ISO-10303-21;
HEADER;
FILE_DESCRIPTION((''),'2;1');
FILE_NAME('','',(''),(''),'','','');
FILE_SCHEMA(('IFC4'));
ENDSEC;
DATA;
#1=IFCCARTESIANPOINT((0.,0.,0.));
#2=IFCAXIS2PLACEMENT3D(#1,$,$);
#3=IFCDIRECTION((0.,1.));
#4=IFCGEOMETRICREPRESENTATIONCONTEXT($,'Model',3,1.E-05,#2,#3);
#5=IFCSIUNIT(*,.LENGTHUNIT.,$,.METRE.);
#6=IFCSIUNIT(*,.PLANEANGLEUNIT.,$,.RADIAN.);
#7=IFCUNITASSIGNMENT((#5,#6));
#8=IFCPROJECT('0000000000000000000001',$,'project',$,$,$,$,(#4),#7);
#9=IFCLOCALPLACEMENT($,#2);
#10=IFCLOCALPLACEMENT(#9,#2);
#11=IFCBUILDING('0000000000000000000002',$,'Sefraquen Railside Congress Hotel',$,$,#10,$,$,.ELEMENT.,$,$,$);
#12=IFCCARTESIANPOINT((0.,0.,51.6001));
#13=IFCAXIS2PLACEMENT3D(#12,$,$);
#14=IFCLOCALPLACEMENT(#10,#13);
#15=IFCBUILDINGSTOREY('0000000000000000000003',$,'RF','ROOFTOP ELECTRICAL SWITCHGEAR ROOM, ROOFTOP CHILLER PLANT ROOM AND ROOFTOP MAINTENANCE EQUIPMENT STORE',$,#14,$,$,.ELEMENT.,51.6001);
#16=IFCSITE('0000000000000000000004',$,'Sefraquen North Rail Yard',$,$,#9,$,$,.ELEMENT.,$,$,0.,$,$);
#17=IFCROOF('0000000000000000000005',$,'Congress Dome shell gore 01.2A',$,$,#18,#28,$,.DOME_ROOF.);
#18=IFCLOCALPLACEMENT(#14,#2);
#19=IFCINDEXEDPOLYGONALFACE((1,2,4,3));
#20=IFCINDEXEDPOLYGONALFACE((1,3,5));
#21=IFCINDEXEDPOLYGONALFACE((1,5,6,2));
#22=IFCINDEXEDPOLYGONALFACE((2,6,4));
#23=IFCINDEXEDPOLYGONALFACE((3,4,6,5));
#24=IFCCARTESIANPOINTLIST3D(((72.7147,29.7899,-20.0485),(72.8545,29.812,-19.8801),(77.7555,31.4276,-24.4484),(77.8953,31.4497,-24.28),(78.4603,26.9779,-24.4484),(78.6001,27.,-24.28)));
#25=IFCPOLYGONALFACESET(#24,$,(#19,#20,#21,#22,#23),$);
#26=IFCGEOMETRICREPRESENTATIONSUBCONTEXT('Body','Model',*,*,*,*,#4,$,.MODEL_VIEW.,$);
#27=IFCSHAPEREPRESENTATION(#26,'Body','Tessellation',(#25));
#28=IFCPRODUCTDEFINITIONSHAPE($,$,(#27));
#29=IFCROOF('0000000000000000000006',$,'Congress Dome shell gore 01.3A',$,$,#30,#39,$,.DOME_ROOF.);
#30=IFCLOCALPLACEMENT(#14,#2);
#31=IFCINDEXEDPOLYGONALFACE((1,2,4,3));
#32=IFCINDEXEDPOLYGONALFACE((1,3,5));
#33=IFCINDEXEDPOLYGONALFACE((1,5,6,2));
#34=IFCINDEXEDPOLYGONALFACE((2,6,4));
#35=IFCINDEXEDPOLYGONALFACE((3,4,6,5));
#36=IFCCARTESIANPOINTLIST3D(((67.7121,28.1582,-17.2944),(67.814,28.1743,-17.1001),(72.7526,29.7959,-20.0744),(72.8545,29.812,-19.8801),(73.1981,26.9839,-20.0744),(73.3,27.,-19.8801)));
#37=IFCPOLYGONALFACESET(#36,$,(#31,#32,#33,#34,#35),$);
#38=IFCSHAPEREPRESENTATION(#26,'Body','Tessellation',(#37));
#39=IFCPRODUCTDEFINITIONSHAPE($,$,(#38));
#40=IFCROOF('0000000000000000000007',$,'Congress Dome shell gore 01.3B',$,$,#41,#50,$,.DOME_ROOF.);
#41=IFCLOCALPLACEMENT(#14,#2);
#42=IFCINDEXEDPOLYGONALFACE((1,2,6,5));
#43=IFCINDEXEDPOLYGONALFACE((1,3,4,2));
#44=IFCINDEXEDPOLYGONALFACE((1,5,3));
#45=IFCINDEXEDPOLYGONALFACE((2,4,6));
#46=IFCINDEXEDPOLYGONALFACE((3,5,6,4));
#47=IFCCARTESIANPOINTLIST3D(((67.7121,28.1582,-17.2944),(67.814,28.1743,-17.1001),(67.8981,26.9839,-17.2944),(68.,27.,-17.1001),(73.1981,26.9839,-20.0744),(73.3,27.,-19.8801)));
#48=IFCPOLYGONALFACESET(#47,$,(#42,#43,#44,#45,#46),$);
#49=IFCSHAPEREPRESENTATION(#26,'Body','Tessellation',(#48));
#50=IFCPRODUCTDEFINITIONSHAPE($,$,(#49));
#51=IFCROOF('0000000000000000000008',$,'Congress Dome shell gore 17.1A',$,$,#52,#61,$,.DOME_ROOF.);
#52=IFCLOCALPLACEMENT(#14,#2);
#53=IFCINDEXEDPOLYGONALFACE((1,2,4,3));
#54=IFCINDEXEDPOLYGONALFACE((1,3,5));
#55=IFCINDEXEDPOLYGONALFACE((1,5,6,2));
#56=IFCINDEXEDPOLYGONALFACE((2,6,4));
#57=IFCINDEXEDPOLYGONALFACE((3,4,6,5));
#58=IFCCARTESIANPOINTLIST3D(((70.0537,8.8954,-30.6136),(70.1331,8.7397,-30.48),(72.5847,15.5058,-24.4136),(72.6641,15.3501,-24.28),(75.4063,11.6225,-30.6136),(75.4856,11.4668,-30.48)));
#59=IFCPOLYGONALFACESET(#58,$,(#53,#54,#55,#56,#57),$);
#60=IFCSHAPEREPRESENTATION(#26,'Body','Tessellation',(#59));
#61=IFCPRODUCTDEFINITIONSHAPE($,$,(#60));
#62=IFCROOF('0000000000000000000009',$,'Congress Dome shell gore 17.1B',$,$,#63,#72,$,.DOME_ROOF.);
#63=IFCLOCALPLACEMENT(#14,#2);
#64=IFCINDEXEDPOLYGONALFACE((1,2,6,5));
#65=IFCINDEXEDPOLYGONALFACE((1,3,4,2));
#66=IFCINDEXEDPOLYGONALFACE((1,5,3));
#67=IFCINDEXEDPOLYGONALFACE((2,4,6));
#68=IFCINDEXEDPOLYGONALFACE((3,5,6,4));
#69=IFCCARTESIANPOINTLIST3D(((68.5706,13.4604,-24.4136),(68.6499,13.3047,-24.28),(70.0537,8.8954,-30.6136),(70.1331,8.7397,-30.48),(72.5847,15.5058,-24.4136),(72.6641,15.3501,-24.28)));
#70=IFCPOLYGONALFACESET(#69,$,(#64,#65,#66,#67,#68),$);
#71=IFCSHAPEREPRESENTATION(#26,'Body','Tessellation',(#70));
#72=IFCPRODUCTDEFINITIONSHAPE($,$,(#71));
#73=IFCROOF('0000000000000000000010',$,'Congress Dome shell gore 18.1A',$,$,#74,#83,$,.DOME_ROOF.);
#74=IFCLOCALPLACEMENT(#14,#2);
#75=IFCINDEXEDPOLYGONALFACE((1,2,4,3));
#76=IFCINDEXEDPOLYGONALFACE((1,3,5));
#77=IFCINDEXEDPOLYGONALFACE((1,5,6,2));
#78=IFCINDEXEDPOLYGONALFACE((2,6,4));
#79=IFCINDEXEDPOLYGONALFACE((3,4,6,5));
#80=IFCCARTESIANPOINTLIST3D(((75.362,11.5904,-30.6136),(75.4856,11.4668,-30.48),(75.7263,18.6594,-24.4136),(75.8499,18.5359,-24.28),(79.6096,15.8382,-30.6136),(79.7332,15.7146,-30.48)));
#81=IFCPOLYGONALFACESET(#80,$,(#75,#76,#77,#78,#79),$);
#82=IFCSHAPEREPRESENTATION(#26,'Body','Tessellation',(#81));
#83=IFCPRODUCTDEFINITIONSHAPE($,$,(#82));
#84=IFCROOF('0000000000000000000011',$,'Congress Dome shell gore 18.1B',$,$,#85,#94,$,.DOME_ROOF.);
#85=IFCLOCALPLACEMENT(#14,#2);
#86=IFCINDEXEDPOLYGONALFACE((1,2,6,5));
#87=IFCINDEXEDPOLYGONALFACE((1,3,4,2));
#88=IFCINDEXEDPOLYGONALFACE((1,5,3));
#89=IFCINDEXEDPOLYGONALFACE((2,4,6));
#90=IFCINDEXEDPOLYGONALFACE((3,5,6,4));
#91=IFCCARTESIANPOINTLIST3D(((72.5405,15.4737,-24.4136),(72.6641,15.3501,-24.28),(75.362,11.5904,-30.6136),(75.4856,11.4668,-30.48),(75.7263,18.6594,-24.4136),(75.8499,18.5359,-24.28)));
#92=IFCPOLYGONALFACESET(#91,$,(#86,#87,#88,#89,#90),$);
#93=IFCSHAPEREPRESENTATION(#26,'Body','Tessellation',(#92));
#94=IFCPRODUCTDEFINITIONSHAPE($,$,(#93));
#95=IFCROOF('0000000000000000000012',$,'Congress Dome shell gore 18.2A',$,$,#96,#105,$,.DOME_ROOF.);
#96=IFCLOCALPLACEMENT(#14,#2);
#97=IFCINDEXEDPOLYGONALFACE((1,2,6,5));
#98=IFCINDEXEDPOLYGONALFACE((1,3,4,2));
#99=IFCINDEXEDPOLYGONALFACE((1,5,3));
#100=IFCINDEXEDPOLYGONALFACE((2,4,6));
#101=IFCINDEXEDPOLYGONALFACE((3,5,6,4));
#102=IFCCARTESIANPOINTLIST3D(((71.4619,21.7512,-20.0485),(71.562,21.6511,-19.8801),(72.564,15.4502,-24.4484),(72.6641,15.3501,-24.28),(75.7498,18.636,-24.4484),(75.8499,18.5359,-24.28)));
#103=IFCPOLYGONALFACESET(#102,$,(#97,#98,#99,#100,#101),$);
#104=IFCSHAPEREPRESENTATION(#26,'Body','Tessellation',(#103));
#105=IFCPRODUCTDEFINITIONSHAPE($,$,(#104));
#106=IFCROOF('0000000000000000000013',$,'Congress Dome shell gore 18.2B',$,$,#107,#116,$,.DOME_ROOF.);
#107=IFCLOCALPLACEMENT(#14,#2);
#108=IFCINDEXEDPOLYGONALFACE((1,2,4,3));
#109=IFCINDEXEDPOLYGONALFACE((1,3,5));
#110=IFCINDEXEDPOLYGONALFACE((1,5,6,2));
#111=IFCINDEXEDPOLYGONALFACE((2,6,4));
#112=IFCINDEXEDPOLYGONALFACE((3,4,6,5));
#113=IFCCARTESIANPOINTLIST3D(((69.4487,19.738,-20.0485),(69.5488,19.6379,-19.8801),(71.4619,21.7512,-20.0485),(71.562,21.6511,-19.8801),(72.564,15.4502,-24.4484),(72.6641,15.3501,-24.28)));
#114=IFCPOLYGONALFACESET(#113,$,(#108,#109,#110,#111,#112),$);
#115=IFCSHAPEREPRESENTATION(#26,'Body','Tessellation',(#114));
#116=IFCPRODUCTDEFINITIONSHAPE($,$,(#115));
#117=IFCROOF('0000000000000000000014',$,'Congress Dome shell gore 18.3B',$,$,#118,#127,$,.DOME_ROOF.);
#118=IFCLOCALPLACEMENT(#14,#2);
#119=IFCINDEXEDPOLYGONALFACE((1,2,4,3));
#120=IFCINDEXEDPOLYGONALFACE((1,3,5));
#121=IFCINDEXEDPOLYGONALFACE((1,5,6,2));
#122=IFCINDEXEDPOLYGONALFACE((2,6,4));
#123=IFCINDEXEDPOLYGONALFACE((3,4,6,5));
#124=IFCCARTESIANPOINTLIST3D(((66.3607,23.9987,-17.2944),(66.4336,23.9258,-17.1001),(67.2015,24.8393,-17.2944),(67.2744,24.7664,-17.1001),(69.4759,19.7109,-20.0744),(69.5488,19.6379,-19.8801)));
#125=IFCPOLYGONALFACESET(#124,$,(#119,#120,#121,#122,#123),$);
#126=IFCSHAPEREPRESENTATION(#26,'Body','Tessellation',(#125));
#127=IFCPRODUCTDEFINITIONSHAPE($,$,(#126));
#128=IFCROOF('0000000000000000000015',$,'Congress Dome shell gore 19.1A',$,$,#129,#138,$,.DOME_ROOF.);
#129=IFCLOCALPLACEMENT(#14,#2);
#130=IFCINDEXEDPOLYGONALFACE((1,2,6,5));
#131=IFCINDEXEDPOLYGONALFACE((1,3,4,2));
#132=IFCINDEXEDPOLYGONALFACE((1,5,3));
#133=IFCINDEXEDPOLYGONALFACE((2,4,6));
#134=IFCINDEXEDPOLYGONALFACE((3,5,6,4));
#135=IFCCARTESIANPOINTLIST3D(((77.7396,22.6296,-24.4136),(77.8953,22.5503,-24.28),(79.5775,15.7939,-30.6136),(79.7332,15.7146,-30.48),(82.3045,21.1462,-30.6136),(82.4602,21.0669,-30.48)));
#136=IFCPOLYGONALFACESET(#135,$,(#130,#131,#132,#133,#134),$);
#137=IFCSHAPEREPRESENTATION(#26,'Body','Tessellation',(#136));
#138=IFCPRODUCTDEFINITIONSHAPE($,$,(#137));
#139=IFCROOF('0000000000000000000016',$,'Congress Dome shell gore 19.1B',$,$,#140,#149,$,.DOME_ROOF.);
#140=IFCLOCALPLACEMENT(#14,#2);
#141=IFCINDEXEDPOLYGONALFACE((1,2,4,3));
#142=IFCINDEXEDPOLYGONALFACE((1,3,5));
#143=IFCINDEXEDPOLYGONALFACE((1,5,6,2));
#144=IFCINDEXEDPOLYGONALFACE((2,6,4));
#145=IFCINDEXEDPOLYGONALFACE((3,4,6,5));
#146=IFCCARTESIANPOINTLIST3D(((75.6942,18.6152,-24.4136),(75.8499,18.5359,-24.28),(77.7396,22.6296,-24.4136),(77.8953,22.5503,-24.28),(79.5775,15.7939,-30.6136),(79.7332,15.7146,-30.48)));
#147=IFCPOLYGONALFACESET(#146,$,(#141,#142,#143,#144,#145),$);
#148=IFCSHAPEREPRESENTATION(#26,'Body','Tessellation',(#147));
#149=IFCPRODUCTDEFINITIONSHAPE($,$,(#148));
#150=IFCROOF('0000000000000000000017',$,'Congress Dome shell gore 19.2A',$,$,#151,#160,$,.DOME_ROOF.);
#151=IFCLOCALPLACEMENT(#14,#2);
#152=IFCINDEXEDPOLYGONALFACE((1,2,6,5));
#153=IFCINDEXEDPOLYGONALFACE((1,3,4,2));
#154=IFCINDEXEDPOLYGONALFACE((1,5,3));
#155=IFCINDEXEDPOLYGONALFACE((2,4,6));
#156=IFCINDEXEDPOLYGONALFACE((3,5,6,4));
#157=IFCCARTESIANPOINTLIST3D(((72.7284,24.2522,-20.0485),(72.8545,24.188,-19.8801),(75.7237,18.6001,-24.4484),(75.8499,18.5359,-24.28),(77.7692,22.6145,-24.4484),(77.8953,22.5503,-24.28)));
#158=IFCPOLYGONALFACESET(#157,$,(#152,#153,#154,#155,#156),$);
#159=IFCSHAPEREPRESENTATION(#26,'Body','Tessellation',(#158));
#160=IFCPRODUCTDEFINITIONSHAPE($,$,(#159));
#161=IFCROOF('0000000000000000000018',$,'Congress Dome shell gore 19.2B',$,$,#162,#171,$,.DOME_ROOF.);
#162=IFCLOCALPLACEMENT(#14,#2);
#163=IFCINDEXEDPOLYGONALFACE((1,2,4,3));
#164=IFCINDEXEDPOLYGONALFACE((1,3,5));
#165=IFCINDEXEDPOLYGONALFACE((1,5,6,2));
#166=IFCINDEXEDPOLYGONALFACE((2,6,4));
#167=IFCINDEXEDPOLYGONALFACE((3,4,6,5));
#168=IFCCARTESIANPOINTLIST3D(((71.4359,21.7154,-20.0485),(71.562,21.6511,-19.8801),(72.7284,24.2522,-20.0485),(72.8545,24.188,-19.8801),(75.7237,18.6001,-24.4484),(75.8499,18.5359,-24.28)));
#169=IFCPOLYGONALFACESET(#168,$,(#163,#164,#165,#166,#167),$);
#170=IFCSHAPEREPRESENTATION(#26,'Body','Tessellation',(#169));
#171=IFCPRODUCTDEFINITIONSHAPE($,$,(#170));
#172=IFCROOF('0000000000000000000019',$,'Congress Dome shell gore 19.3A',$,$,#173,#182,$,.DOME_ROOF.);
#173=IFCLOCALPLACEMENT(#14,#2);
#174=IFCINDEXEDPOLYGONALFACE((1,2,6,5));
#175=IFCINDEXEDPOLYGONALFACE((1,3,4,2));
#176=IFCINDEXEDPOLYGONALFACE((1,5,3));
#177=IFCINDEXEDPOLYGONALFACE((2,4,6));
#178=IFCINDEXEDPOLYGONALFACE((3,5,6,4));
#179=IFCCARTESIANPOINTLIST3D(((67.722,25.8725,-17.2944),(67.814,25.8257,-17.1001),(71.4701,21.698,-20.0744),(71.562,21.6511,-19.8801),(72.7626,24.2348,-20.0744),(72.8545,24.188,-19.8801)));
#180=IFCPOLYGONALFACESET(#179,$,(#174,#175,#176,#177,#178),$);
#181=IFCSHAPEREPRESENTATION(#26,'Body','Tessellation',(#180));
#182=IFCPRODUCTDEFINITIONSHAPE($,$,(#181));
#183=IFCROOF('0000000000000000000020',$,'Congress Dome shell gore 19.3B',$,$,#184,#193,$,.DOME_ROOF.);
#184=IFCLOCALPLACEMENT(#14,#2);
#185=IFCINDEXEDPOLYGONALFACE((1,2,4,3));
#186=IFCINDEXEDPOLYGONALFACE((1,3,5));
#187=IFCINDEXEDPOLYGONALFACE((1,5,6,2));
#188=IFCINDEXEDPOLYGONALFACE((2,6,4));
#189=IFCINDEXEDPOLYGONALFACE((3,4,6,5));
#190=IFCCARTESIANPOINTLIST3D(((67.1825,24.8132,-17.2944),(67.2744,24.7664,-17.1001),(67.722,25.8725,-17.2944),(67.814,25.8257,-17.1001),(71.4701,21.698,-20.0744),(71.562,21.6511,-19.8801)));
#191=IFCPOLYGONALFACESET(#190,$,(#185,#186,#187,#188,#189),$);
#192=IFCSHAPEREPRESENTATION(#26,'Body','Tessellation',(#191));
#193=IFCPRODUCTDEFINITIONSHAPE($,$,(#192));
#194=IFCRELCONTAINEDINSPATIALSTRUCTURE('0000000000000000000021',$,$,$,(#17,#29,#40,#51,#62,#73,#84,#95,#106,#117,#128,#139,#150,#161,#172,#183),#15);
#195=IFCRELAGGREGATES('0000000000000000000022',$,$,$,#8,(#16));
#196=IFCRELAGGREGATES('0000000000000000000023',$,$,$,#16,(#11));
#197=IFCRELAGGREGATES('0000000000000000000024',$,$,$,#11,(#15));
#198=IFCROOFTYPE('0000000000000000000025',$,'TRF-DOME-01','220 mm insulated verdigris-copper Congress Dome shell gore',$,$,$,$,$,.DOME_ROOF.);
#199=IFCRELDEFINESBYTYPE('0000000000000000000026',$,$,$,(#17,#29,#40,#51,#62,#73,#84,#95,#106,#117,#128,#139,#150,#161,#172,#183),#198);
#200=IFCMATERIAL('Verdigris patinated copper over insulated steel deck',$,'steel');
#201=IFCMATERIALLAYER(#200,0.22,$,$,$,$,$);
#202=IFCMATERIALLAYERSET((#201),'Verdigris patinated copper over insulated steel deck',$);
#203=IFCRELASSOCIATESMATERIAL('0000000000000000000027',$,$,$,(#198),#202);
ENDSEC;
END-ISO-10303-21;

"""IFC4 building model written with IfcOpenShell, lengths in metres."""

from ifc_helpers import new_model, si_unit, direction, frame, origin, place, context, subcontext, project, spatial, polyline, outline, extrude, material, layer, layer_set, type_object, element, save


model = new_model("IFC4")

# Units and contexts
model_context = context("Model", 3, precision=1e-05, world=origin(), true_north=direction((0.0, 1.0)))
body_context = subcontext(model_context, "Body", "Model", "MODEL_VIEW")
ifc_project = project(units=[si_unit("LENGTHUNIT", "METRE"), si_unit("PLANEANGLEUNIT", "RADIAN")], contexts=[model_context])

# Site, building, storey
site_placement = place(None, origin())
site = spatial("IfcSite", under=ifc_project, at=site_placement, Name="Sefraquen North Rail Yard", CompositionType="ELEMENT", RefElevation=0.0)
building_placement = place(site_placement, origin())
building = spatial("IfcBuilding", under=site, at=building_placement, Name="Sefraquen Railside Congress Hotel", CompositionType="ELEMENT")
storey_placement = place(building_placement, frame((0.0, 0.0, 51.6001)))
storey = spatial("IfcBuildingStorey", under=building, at=storey_placement, Name="RF", Description="ROOFTOP ELECTRICAL SWITCHGEAR ROOM, ROOFTOP CHILLER PLANT ROOM AND ROOFTOP MAINTENANCE EQUIPMENT STORE", CompositionType="ELEMENT", Elevation=51.6001)

# Roofs
ifc_material = material(Name="Verdigris patinated copper over insulated steel deck", Category="steel")
ifc_layer = layer(ifc_material, 0.22)
ifc_layer_set = layer_set([ifc_layer], Name="Verdigris patinated copper over insulated steel deck")
roof_type = type_object("IfcRoofType", Name="TRF-DOME-01", Description="220 mm insulated verdigris-copper Congress Dome shell gore", PredefinedType="DOME_ROOF", material=ifc_layer_set)
roof_1_placement = place(storey_placement, frame((78.6001, 27.0, -24.28), z_axis=(0.63549, 0.100662, 0.76552), x_axis=(-0.15645, 0.987686, 0.0)))
element("IfcRoof", 1, at=roof_1_placement, inside=storey, type_object=roof_type, Name="Congress Dome shell gore 01.2A", PredefinedType="DOME_ROOF", context=body_context, shape_type="SweptSolid", body=[
    extrude(outline(polyline([(0.0, 0.0), (4.5052, 0.0), (3.6763, 6.8384), (0.0, 0.0)])), origin(), (0.0, 0.0, -1.0), 0.22),
])
roof_2_placement = place(storey_placement, frame((73.3, 27.0, -19.8801), z_axis=(0.463256, 0.073402, 0.883179), x_axis=(-0.156495, 0.987679, 0.0)))
element("IfcRoof", 2, at=roof_2_placement, inside=storey, type_object=roof_type, Name="Congress Dome shell gore 01.3A", PredefinedType="DOME_ROOF", context=body_context, shape_type="SweptSolid", body=[
    extrude(outline(polyline([(0.0, 0.0), (2.8471, 0.0), (2.0184, 5.9271), (0.0, 0.0)])), origin(), (0.0, 0.0, -1.0), 0.22),
])
roof_3_placement = place(storey_placement, frame((73.3, 27.0, -19.8801), z_axis=(0.463254, 0.073389, 0.883181), x_axis=(-0.87618, 0.18755, 0.443997)))
element("IfcRoof", 3, at=roof_3_placement, inside=storey, type_object=roof_type, Name="Congress Dome shell gore 01.3B", PredefinedType="DOME_ROOF", context=body_context, shape_type="SweptSolid", body=[
    extrude(outline(polyline([(0.0, 0.0), (6.2614, 0.0), (5.8781, 1.1255), (0.0, 0.0)])), origin(), (0.0, 0.0, -1.0), 0.22),
])
roof_4_placement = place(storey_placement, frame((70.1331, 8.7397, -30.48), z_axis=(0.360614, -0.707798, 0.607437), x_axis=(0.89102, 0.453964, 0.0)))
element("IfcRoof", 4, at=roof_4_placement, inside=storey, type_object=roof_type, Name="Congress Dome shell gore 17.1A", PredefinedType="DOME_ROOF", context=body_context, shape_type="SweptSolid", body=[
    extrude(outline(polyline([(0.0, 0.0), (6.0072, 0.0), (5.256, 7.8049), (0.0, 0.0)])), origin(), (0.0, 0.0, -1.0), 0.22),
])
roof_5_placement = place(storey_placement, frame((70.1331, 8.7397, -30.48), z_axis=(0.360656, -0.707795, 0.607416), x_axis=(0.268979, 0.702505, 0.658891)))
element("IfcRoof", 5, at=roof_5_placement, inside=storey, type_object=roof_type, Name="Congress Dome shell gore 17.1B", PredefinedType="DOME_ROOF", context=body_context, shape_type="SweptSolid", body=[
    extrude(outline(polyline([(0.0, 0.0), (9.4097, 0.0), (6.893, 3.7368), (0.0, 0.0)])), origin(), (0.0, 0.0, -1.0), 0.22),
])
roof_6_placement = place(storey_placement, frame((75.4856, 11.4668, -30.48), z_axis=(0.561723, -0.561691, 0.607429), x_axis=(0.707086, 0.707127, 0.0)))
element("IfcRoof", 6, at=roof_6_placement, inside=storey, type_object=roof_type, Name="Congress Dome shell gore 18.1A", PredefinedType="DOME_ROOF", context=body_context, shape_type="SweptSolid", body=[
    extrude(outline(polyline([(0.0, 0.0), (6.0071, 0.0), (5.2563, 7.8048), (0.0, 0.0)])), origin(), (0.0, 0.0, -1.0), 0.22),
])
roof_7_placement = place(storey_placement, frame((75.4856, 11.4668, -30.48), z_axis=(0.5617, -0.5617, 0.607442), x_axis=(0.038711, 0.751249, 0.658883)))
element("IfcRoof", 7, at=roof_7_placement, inside=storey, type_object=roof_type, Name="Congress Dome shell gore 18.1B", PredefinedType="DOME_ROOF", context=body_context, shape_type="SweptSolid", body=[
    extrude(outline(polyline([(0.0, 0.0), (9.4098, 0.0), (6.8931, 3.737), (0.0, 0.0)])), origin(), (0.0, 0.0, -1.0), 0.22),
])
roof_8_placement = place(storey_placement, frame((72.6641, 15.3501, -24.28), z_axis=(0.454969, -0.454969, 0.76551), x_axis=(0.707107, 0.707107, 0.0)))
element("IfcRoof", 8, at=roof_8_placement, inside=storey, type_object=roof_type, Name="Congress Dome shell gore 18.2A", PredefinedType="DOME_ROOF", context=body_context, shape_type="SweptSolid", body=[
    extrude(outline(polyline([(0.0, 0.0), (4.5054, 0.0), (3.6762, 6.8383), (0.0, 0.0)])), origin(), (0.0, 0.0, -1.0), 0.22),
])
roof_9_placement = place(storey_placement, frame((72.6641, 15.3501, -24.28), z_axis=(0.454969, -0.454969, 0.76551), x_axis=(-0.141947, 0.81159, 0.56672)))
element("IfcRoof", 9, at=roof_9_placement, inside=storey, type_object=roof_type, Name="Congress Dome shell gore 18.2B", PredefinedType="DOME_ROOF", context=body_context, shape_type="SweptSolid", body=[
    extrude(outline(polyline([(0.0, 0.0), (7.7638, 0.0), (6.4157, 2.5077), (0.0, 0.0)])), origin(), (0.0, 0.0, -1.0), 0.22),
])
roof_10_placement = place(storey_placement, frame((69.5488, 19.6379, -19.8801), z_axis=(0.331601, -0.331698, 0.883186), x_axis=(-0.363257, 0.819084, 0.444011)))
element("IfcRoof", 10, at=roof_10_placement, inside=storey, type_object=roof_type, Name="Congress Dome shell gore 18.3B", PredefinedType="DOME_ROOF", context=body_context, shape_type="SweptSolid", body=[
    extrude(outline(polyline([(0.0, 0.0), (6.2612, 0.0), (5.8781, 1.1255), (0.0, 0.0)])), origin(), (0.0, 0.0, -1.0), 0.22),
])
roof_11_placement = place(storey_placement, frame((79.7332, 15.7146, -30.48), z_axis=(0.707798, -0.360631, 0.607427), x_axis=(0.45398, 0.891012, 0.0)))
element("IfcRoof", 11, at=roof_11_placement, inside=storey, type_object=roof_type, Name="Congress Dome shell gore 19.1A", PredefinedType="DOME_ROOF", context=body_context, shape_type="SweptSolid", body=[
    extrude(outline(polyline([(0.0, 0.0), (6.007, 0.0), (5.2563, 7.8048), (0.0, 0.0)])), origin(), (0.0, 0.0, -1.0), 0.22),
])
roof_12_placement = place(storey_placement, frame((79.7332, 15.7146, -30.48), z_axis=(0.707794, -0.360634, 0.607429), x_axis=(-0.195317, 0.726446, 0.658884)))
element("IfcRoof", 12, at=roof_12_placement, inside=storey, type_object=roof_type, Name="Congress Dome shell gore 19.1B", PredefinedType="DOME_ROOF", context=body_context, shape_type="SweptSolid", body=[
    extrude(outline(polyline([(0.0, 0.0), (9.4098, 0.0), (6.893, 3.737), (0.0, 0.0)])), origin(), (0.0, 0.0, -1.0), 0.22),
])
roof_13_placement = place(storey_placement, frame((75.8499, 18.5359, -24.28), z_axis=(0.57329, -0.292101, 0.765516), x_axis=(0.453985, 0.891009, 0.0)))
element("IfcRoof", 13, at=roof_13_placement, inside=storey, type_object=roof_type, Name="Congress Dome shell gore 19.2A", PredefinedType="DOME_ROOF", context=body_context, shape_type="SweptSolid", body=[
    extrude(outline(polyline([(0.0, 0.0), (4.5055, 0.0), (3.6762, 6.8383), (0.0, 0.0)])), origin(), (0.0, 0.0, -1.0), 0.22),
])
roof_14_placement = place(storey_placement, frame((75.8499, 18.5359, -24.28), z_axis=(0.573306, -0.292088, 0.76551), x_axis=(-0.385808, 0.728001, 0.566716)))
element("IfcRoof", 14, at=roof_14_placement, inside=storey, type_object=roof_type, Name="Congress Dome shell gore 19.2B", PredefinedType="DOME_ROOF", context=body_context, shape_type="SweptSolid", body=[
    extrude(outline(polyline([(0.0, 0.0), (7.7639, 0.0), (6.4157, 2.5077), (0.0, 0.0)])), origin(), (0.0, 0.0, -1.0), 0.22),
])
roof_15_placement = place(storey_placement, frame((71.562, 21.6511, -19.8801), z_axis=(0.417924, -0.212924, 0.883178), x_axis=(0.453958, 0.891023, 0.0)))
element("IfcRoof", 15, at=roof_15_placement, inside=storey, type_object=roof_type, Name="Congress Dome shell gore 19.3A", PredefinedType="DOME_ROOF", context=body_context, shape_type="SweptSolid", body=[
    extrude(outline(polyline([(0.0, 0.0), (2.8471, 0.0), (2.0182, 5.9271), (0.0, 0.0)])), origin(), (0.0, 0.0, -1.0), 0.22),
])
roof_16_placement = place(storey_placement, frame((71.562, 21.6511, -19.8801), z_axis=(0.417963, -0.212883, 0.883169), x_axis=(-0.598609, 0.666729, 0.444005)))
element("IfcRoof", 16, at=roof_16_placement, inside=storey, type_object=roof_type, Name="Congress Dome shell gore 19.3B", PredefinedType="DOME_ROOF", context=body_context, shape_type="SweptSolid", body=[
    extrude(outline(polyline([(0.0, 0.0), (6.2613, 0.0), (5.878, 1.1253), (0.0, 0.0)])), origin(), (0.0, 0.0, -1.0), 0.22),
])

save(model, "model.ifc")
